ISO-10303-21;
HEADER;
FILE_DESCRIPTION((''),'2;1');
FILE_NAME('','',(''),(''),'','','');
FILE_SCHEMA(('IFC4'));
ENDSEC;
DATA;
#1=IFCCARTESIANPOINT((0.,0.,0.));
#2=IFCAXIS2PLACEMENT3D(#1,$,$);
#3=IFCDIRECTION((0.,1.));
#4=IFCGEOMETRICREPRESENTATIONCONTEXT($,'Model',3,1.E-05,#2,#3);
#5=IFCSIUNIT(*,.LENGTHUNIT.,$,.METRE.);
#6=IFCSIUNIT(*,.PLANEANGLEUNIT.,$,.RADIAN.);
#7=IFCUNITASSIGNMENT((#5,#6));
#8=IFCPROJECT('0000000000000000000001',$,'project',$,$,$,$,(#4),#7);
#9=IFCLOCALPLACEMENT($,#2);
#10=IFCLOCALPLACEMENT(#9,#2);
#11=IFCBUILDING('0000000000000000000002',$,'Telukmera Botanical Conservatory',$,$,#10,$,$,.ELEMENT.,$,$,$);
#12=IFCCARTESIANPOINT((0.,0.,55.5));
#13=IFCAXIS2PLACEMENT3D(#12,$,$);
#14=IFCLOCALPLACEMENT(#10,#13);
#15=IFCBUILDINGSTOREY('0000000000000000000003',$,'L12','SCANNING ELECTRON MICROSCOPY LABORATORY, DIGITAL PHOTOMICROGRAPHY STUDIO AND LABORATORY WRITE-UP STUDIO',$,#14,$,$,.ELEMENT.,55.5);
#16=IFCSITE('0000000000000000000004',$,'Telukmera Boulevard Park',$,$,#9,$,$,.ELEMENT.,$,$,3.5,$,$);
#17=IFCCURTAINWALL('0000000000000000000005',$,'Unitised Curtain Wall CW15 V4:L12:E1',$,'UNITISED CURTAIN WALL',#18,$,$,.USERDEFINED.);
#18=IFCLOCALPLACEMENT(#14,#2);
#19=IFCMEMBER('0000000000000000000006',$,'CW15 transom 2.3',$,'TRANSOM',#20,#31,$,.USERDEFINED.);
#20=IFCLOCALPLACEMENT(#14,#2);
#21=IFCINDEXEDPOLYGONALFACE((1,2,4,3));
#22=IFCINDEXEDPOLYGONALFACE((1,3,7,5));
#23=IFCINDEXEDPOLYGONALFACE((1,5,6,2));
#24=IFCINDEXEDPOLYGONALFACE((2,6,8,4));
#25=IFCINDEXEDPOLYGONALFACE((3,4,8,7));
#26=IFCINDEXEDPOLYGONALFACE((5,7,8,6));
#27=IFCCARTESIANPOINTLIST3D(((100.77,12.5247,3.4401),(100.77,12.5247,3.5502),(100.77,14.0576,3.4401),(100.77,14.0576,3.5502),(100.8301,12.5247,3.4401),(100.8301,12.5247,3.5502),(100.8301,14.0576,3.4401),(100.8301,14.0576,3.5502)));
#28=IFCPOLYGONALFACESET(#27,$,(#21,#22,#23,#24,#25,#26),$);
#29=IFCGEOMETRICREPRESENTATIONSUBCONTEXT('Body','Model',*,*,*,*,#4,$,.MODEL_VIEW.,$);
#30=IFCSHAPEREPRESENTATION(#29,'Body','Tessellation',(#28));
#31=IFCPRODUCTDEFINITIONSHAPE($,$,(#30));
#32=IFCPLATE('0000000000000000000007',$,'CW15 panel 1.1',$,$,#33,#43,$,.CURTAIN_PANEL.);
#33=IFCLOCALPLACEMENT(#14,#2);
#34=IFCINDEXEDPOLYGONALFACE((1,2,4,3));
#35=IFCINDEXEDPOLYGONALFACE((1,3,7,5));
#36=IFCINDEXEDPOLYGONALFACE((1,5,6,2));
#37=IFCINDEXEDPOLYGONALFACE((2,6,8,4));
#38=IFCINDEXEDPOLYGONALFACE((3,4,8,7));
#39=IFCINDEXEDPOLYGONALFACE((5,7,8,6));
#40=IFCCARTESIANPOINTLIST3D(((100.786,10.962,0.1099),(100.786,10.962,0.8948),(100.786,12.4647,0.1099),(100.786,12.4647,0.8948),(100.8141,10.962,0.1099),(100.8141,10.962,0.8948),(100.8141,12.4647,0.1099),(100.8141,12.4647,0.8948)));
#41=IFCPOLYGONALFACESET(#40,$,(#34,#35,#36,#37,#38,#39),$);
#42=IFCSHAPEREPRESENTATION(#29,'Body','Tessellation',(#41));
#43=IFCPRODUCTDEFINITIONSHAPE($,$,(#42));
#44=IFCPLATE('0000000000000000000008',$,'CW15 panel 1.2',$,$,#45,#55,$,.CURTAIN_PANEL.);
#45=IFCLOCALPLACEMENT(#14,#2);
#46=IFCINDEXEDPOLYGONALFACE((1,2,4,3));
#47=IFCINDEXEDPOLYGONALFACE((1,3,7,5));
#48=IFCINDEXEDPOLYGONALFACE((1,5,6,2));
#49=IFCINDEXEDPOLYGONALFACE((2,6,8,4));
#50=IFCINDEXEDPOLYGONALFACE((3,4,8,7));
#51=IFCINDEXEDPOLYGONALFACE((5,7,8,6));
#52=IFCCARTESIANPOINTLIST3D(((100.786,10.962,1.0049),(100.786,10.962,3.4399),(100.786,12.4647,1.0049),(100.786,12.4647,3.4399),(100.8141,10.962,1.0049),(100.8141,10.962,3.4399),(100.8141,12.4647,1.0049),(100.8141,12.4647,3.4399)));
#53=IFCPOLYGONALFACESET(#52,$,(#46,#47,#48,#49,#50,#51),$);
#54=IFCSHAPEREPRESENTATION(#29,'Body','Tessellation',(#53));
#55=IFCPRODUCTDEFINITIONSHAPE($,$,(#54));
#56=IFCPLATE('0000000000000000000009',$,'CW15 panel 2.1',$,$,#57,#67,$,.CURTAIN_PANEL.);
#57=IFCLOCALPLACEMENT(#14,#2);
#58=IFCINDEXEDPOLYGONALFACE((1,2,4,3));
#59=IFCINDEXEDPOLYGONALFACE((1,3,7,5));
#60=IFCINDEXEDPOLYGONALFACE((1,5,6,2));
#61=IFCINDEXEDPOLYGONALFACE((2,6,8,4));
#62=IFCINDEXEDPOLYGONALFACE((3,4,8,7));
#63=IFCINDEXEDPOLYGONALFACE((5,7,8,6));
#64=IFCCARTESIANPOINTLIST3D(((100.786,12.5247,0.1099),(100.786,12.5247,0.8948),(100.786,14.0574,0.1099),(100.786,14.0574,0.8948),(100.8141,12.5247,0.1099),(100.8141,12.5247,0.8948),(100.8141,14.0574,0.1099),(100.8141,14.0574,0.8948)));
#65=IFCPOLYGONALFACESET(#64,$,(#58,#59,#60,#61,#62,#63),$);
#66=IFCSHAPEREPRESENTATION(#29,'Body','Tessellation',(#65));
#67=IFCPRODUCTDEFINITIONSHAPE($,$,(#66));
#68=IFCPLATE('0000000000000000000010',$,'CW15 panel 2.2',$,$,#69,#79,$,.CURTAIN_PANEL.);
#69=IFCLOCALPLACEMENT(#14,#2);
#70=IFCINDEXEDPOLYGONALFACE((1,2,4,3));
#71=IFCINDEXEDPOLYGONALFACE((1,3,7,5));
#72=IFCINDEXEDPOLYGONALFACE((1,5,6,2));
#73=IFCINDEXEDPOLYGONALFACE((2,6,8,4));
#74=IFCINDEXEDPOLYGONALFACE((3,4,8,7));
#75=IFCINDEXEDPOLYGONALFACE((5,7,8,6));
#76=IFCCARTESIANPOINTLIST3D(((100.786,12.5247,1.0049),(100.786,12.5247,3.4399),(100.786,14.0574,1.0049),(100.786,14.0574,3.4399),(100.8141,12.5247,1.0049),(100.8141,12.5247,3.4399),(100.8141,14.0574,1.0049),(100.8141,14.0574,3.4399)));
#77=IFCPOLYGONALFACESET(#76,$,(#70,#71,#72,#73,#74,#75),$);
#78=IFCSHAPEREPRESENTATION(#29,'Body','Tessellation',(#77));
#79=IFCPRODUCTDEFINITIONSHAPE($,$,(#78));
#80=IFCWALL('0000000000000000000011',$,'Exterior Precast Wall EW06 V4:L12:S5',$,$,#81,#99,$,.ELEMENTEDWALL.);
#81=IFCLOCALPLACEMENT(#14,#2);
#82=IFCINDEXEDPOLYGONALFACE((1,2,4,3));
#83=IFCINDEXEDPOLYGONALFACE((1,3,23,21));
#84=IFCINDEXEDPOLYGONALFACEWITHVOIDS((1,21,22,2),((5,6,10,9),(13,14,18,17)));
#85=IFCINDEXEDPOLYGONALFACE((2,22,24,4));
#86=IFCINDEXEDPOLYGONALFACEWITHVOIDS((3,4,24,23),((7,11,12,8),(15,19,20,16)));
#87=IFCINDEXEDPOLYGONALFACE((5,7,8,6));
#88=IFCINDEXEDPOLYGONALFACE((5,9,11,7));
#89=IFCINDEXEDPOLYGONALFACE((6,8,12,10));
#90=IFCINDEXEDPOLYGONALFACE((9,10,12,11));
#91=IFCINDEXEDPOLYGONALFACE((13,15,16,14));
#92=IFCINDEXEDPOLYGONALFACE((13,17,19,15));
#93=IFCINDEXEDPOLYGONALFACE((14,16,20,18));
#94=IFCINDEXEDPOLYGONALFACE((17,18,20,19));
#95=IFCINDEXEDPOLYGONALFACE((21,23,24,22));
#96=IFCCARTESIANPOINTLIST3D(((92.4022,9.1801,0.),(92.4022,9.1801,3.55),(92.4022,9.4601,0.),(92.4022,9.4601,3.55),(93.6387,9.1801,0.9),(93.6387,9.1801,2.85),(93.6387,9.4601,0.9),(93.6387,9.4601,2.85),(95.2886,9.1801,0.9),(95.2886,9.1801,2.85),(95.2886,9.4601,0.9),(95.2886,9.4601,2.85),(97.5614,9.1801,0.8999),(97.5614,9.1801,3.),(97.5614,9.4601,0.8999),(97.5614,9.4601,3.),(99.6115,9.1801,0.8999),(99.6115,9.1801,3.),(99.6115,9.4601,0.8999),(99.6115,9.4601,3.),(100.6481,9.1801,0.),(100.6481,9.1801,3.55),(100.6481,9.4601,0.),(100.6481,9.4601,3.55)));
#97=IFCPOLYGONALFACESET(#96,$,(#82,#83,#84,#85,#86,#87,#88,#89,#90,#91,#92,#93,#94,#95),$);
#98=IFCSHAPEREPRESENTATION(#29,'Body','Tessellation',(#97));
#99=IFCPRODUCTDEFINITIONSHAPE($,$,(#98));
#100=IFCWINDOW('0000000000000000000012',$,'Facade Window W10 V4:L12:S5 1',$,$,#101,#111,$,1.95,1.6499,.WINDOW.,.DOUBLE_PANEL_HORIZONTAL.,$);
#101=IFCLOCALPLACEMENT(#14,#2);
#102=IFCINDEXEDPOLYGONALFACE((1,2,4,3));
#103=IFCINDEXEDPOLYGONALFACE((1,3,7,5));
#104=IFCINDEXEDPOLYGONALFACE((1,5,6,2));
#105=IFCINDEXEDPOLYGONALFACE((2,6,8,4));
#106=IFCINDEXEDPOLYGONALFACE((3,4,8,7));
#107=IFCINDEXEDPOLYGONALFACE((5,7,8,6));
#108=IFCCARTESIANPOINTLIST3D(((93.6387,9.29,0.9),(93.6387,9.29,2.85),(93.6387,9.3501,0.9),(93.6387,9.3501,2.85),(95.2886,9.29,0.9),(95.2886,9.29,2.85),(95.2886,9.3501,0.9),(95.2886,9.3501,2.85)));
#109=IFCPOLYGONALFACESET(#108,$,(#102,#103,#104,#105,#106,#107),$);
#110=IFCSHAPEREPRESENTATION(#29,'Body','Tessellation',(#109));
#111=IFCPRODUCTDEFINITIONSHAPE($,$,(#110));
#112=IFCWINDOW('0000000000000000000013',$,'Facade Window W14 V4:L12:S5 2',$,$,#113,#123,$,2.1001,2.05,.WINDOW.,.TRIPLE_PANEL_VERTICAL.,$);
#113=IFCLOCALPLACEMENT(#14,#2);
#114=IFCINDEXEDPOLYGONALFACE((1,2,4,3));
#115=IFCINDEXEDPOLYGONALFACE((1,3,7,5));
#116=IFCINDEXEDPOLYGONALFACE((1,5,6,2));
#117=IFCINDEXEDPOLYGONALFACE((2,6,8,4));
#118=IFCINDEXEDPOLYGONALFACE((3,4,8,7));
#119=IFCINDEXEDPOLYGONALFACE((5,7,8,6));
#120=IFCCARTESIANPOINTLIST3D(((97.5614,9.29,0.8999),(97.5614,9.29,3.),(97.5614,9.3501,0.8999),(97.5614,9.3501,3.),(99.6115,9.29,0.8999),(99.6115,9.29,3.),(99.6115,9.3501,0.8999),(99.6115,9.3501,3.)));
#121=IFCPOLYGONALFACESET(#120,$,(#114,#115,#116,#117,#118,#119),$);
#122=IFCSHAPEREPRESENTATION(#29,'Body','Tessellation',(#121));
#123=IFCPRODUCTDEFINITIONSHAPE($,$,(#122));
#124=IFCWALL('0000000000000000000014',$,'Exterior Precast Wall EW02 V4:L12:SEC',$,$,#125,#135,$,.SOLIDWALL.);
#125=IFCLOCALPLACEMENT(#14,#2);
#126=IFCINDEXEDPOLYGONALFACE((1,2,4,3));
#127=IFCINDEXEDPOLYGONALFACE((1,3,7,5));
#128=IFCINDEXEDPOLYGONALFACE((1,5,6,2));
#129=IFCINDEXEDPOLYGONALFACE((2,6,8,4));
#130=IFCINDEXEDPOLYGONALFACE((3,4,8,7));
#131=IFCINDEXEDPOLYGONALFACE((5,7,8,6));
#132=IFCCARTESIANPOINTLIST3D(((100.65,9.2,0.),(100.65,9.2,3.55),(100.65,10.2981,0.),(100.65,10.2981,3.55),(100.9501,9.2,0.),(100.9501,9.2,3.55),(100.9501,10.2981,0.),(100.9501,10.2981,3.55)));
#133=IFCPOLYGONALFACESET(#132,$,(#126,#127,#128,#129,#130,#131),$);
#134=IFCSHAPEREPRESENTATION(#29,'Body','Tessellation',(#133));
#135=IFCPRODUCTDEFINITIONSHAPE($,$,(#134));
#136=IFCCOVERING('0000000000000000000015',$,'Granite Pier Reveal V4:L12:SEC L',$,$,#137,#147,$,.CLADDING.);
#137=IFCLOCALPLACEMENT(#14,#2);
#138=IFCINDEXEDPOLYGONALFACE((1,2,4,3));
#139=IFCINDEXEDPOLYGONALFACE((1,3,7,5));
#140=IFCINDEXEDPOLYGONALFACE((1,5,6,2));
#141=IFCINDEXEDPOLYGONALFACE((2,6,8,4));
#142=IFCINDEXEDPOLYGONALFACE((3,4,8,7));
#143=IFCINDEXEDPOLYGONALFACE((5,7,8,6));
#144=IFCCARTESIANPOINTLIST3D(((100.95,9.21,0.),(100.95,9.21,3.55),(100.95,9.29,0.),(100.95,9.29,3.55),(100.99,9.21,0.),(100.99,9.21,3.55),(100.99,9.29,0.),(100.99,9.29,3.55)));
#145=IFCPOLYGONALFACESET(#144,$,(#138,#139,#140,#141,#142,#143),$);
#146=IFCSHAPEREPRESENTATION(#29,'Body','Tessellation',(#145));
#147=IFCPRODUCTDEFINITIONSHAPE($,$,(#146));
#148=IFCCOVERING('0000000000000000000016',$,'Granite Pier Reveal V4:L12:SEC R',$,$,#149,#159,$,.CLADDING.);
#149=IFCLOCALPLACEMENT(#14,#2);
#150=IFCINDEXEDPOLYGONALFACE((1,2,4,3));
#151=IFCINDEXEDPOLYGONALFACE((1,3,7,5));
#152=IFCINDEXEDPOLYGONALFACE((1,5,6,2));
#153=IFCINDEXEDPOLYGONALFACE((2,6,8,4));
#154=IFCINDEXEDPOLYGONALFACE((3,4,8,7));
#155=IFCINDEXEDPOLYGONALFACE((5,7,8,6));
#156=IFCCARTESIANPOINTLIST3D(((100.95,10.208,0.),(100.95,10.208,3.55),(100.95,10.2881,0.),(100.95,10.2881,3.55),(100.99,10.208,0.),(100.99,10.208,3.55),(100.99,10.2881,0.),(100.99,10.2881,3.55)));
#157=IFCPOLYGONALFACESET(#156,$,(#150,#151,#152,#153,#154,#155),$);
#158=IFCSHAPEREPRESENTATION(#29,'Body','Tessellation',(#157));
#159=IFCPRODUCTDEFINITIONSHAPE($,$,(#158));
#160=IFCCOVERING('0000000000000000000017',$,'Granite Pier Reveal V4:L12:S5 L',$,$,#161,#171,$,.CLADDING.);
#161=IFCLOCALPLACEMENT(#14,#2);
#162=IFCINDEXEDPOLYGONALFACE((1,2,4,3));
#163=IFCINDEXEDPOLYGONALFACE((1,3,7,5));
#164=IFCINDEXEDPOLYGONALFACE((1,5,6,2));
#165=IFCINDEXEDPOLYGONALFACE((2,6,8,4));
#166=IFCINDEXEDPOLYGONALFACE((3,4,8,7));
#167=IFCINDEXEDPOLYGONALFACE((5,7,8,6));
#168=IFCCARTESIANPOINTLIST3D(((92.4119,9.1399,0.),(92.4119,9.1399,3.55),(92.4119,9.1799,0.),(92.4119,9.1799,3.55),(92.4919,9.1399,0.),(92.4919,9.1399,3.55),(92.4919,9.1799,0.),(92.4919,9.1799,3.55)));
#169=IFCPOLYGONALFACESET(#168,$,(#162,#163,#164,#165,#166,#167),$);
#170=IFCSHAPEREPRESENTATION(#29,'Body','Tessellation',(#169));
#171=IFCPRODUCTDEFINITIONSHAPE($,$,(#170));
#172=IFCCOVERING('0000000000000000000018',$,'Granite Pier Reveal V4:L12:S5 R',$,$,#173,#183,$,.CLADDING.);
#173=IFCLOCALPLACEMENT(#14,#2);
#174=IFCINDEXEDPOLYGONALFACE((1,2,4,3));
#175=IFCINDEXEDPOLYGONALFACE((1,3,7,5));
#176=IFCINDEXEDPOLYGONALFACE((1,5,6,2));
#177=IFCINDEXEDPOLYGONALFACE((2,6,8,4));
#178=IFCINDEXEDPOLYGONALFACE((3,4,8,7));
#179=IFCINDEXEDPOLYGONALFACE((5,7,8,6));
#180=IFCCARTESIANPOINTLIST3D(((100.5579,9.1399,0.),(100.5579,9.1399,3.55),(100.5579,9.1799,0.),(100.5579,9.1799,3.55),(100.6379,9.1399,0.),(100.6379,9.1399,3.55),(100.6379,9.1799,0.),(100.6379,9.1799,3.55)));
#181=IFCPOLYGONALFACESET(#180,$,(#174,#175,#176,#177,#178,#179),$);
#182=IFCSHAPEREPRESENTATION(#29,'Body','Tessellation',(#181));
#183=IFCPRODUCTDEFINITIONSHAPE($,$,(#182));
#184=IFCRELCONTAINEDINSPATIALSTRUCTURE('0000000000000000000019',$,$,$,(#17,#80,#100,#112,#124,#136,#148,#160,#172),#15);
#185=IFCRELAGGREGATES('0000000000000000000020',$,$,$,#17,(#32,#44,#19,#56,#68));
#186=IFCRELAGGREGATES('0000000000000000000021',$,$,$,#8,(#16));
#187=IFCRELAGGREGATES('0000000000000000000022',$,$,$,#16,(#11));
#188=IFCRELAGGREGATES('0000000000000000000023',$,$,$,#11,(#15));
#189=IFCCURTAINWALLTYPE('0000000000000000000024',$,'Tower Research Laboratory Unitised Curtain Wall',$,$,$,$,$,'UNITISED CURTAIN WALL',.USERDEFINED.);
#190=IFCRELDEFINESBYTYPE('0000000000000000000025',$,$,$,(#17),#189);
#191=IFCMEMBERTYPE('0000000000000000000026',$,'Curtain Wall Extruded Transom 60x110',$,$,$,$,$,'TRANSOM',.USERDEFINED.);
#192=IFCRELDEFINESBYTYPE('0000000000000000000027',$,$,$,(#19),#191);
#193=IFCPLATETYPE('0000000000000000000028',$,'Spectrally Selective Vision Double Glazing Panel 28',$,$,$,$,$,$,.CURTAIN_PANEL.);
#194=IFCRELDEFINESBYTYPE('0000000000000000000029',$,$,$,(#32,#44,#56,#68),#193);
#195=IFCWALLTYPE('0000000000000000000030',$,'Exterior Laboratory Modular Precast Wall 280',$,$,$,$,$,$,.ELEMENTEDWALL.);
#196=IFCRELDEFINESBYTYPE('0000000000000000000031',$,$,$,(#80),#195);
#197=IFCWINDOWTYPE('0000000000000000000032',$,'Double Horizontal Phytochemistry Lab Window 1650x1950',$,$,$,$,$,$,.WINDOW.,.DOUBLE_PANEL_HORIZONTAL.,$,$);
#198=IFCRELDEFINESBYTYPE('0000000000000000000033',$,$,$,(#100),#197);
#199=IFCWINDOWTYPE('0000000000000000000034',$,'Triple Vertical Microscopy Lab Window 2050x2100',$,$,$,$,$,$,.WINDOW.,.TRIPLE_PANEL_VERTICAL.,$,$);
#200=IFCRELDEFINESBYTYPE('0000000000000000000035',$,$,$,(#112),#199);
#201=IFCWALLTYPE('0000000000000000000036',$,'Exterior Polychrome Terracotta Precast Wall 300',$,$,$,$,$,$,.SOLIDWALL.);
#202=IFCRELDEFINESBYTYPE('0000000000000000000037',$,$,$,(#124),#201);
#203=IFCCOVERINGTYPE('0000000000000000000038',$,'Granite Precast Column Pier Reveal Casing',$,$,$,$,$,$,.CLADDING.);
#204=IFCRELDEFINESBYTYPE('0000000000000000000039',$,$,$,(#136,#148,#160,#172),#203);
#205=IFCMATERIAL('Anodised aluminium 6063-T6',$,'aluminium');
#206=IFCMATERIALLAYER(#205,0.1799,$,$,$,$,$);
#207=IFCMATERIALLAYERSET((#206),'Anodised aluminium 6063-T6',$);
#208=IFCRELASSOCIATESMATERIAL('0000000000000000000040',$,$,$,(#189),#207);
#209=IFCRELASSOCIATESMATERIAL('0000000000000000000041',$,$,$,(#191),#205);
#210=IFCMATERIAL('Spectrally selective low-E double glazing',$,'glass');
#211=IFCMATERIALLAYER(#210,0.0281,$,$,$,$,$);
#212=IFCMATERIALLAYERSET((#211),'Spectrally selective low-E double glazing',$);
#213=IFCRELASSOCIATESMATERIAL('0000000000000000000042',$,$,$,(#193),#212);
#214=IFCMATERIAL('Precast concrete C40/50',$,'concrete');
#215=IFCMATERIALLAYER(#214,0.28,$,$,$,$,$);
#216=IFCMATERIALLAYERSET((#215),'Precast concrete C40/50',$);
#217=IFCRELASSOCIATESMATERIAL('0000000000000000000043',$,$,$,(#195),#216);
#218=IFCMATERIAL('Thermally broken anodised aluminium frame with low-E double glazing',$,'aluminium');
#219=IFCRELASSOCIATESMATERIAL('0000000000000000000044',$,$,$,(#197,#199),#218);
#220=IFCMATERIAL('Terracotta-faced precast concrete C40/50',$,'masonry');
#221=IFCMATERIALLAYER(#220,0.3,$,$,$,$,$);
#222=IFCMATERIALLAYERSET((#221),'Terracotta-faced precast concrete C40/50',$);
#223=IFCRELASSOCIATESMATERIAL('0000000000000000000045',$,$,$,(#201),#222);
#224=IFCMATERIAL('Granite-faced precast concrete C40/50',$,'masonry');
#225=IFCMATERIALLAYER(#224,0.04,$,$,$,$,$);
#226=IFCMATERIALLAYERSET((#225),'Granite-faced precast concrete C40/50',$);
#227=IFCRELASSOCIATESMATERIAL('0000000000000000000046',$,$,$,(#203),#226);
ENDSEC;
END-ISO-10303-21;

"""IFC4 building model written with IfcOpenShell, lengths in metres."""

from ifc_helpers import new_model, si_unit, direction, frame, frame_2d, origin, origin_2d, place, context, subcontext, project, spatial, rectangle, extrude, material, layer, layer_set, material_profile, profile_set, type_object, element, fill, aggregate, save


model = new_model("IFC4")

# Units and contexts
model_context = context("Model", 3, precision=1e-05, world=origin(), true_north=direction((0.0, 1.0)))
body_context = subcontext(model_context, "Body", "Model", "MODEL_VIEW")
ifc_project = project(units=[si_unit("LENGTHUNIT", "METRE"), si_unit("PLANEANGLEUNIT", "RADIAN")], contexts=[model_context])

# Site, building, storey
site_placement = place(None, origin())
site = spatial("IfcSite", under=ifc_project, at=site_placement, Name="Telukmera Boulevard Park", CompositionType="ELEMENT", RefElevation=3.5)
building_placement = place(site_placement, origin())
building = spatial("IfcBuilding", under=site, at=building_placement, Name="Telukmera Botanical Conservatory", CompositionType="ELEMENT")
storey_placement = place(building_placement, frame((0.0, 0.0, 55.5)))
storey = spatial("IfcBuildingStorey", under=building, at=storey_placement, Name="L12", Description="SCANNING ELECTRON MICROSCOPY LABORATORY, DIGITAL PHOTOMICROGRAPHY STUDIO AND LABORATORY WRITE-UP STUDIO", CompositionType="ELEMENT", Elevation=55.5)

# Shared definitions
ifc_material_1 = material(Name="Precast concrete C40/50", Category="concrete")

# Curtain wall, member, plates
ifc_material_2 = material(Name="Anodised aluminium 6063-T6", Category="aluminium")
ifc_layer_1 = layer(ifc_material_2, 0.1799)
ifc_layer_set_1 = layer_set([ifc_layer_1], Name="Anodised aluminium 6063-T6")
curtain_wall_type = type_object("IfcCurtainWallType", Name="Tower Research Laboratory Unitised Curtain Wall", ElementType="UNITISED CURTAIN WALL", PredefinedType="USERDEFINED", material=ifc_layer_set_1)
curtain_wall_placement = place(storey_placement, origin())
curtain_wall = element("IfcCurtainWall", 1, at=curtain_wall_placement, inside=storey, type_object=curtain_wall_type, Name="Unitised Curtain Wall CW15 V4:L12:E1", ObjectType="UNITISED CURTAIN WALL", PredefinedType="USERDEFINED")
ifc_material_profile_1 = material_profile(ifc_material_2, rectangle(XDim=0.0601, YDim=0.1101, at=origin_2d()), Name="ALU TRAN 60x110")
ifc_profile_set_1 = profile_set([ifc_material_profile_1], Name="Anodised aluminium 6063-T6")
member_type_1 = type_object("IfcMemberType", Name="Curtain Wall Extruded Transom 60x110", ElementType="TRANSOM", PredefinedType="USERDEFINED", material=ifc_profile_set_1)
member_1_placement = place(storey_placement, frame((100.8, 12.5247, 3.4951), z_axis=(0.0, 1.0, 0.0), x_axis=(-1.0, 0.0, 0.0)))
member_1 = element("IfcMember", 2, at=member_1_placement, type_object=member_type_1, Name="CW15 transom 2.3", ObjectType="TRANSOM", PredefinedType="USERDEFINED", context=body_context, shape_type="SweptSolid", body=[
    extrude(rectangle(XDim=0.0601, YDim=0.1101, at=origin_2d()), origin(), (0.0, 0.0, 1.0), 1.533),
])
ifc_material_3 = material(Name="Spectrally selective low-E double glazing", Category="glass")
ifc_layer_2 = layer(ifc_material_3, 0.0281)
ifc_layer_set_2 = layer_set([ifc_layer_2], Name="Spectrally selective low-E double glazing")
plate_type = type_object("IfcPlateType", Name="Spectrally Selective Vision Double Glazing Panel 28", PredefinedType="CURTAIN_PANEL", material=ifc_layer_set_2)
plate_1_placement = place(storey_placement, frame((100.8, 11.7134, 0.1099), z_axis=(0.0, 0.0, 1.0), x_axis=(0.0, 1.0, 0.0)))
plate_1 = element("IfcPlate", 3, at=plate_1_placement, type_object=plate_type, Name="CW15 panel 1.1", PredefinedType="CURTAIN_PANEL", context=body_context, shape_type="SweptSolid", body=[
    extrude(rectangle(XDim=1.5027, YDim=0.0281, at=origin_2d()), origin(), (0.0, 0.0, 1.0), 0.7849),
])
plate_2_placement = place(storey_placement, frame((100.8, 11.7134, 1.0049), z_axis=(0.0, 0.0, 1.0), x_axis=(0.0, 1.0, 0.0)))
plate_2 = element("IfcPlate", 4, at=plate_2_placement, type_object=plate_type, Name="CW15 panel 1.2", PredefinedType="CURTAIN_PANEL", context=body_context, shape_type="SweptSolid", body=[
    extrude(rectangle(XDim=1.5027, YDim=0.0281, at=origin_2d()), origin(), (0.0, 0.0, 1.0), 2.4351),
])
plate_3_placement = place(storey_placement, frame((100.8, 13.291, 0.1099), z_axis=(0.0, 0.0, 1.0), x_axis=(0.0, 1.0, 0.0)))
plate_3 = element("IfcPlate", 5, at=plate_3_placement, type_object=plate_type, Name="CW15 panel 2.1", PredefinedType="CURTAIN_PANEL", context=body_context, shape_type="SweptSolid", body=[
    extrude(rectangle(XDim=1.5327, YDim=0.0281, at=origin_2d()), origin(), (0.0, 0.0, 1.0), 0.7849),
])
plate_4_placement = place(storey_placement, frame((100.8, 13.291, 1.0049), z_axis=(0.0, 0.0, 1.0), x_axis=(0.0, 1.0, 0.0)))
plate_4 = element("IfcPlate", 6, at=plate_4_placement, type_object=plate_type, Name="CW15 panel 2.2", PredefinedType="CURTAIN_PANEL", context=body_context, shape_type="SweptSolid", body=[
    extrude(rectangle(XDim=1.5327, YDim=0.0281, at=origin_2d()), origin(), (0.0, 0.0, 1.0), 2.4351),
])
aggregate(curtain_wall, [plate_1, plate_2, member_1, plate_3, plate_4])

# Wall, openings, windows
ifc_layer_3 = layer(ifc_material_1, 0.28)
ifc_layer_set_3 = layer_set([ifc_layer_3], Name="Precast concrete C40/50")
wall_type_1 = type_object("IfcWallType", Name="Exterior Laboratory Modular Precast Wall 280", PredefinedType="ELEMENTEDWALL", material=ifc_layer_set_3)
wall_1_placement = place(storey_placement, frame((92.4021, 9.3201, 0.0), z_axis=(0.0, 0.0, 1.0), x_axis=(1.0, 0.0, 0.0)))
wall_1 = element("IfcWall", 7, at=wall_1_placement, inside=storey, type_object=wall_type_1, Name="Exterior Precast Wall EW06 V4:L12:S5", PredefinedType="ELEMENTEDWALL", context=body_context, shape_type="SweptSolid", body=[
    extrude(rectangle(XDim=8.2458, YDim=0.28, at=frame_2d((4.123, 0.0))), origin(), (0.0, 0.0, 1.0), 3.55),
])
opening_1_placement = place(wall_1_placement, frame((1.2366, 0.0, 0.8999)))
opening_1 = element("IfcOpeningElement", 8, at=opening_1_placement, cuts=wall_1, PredefinedType="OPENING", context=body_context, shape_type="SweptSolid", body=[
    extrude(rectangle(XDim=1.6499, YDim=1.95, at=frame_2d((0.825, 0.9751))), frame((0.0, 0.1499, 0.0), z_axis=(0.0, -1.0, 0.0), x_axis=(1.0, 0.0, 0.0)), (0.0, 0.0, 1.0), 0.3),
])
opening_2_placement = place(wall_1_placement, frame((5.1594, 0.0, 0.8999)))
opening_2 = element("IfcOpeningElement", 9, at=opening_2_placement, cuts=wall_1, PredefinedType="OPENING", context=body_context, shape_type="SweptSolid", body=[
    extrude(rectangle(XDim=2.05, YDim=2.1001, at=frame_2d((1.0249, 1.05))), frame((0.0, 0.1499, 0.0), z_axis=(0.0, -1.0, 0.0), x_axis=(1.0, 0.0, 0.0)), (0.0, 0.0, 1.0), 0.3),
])
ifc_material_4 = material(Name="Thermally broken anodised aluminium frame with low-E double glazing", Category="aluminium")
window_type_1 = type_object("IfcWindowType", Name="Double Horizontal Phytochemistry Lab Window 1650x1950", PartitioningType="DOUBLE_PANEL_HORIZONTAL", PredefinedType="WINDOW", material=ifc_material_4)
window_1_placement = place(opening_1_placement, origin())
window_1 = element("IfcWindow", 10, at=window_1_placement, inside=storey, type_object=window_type_1, Name="Facade Window W10 V4:L12:S5 1", OverallHeight=1.95, OverallWidth=1.6499, PartitioningType="DOUBLE_PANEL_HORIZONTAL", PredefinedType="WINDOW", context=body_context, shape_type="SweptSolid", body=[
    extrude(rectangle(XDim=1.6499, YDim=1.95, at=frame_2d((0.825, 0.9751))), frame((0.0, 0.03, 0.0), z_axis=(0.0, -1.0, 0.0), x_axis=(1.0, 0.0, 0.0)), (0.0, 0.0, 1.0), 0.0601),
])
fill(opening_1, window_1)
window_type_2 = type_object("IfcWindowType", Name="Triple Vertical Microscopy Lab Window 2050x2100", PartitioningType="TRIPLE_PANEL_VERTICAL", PredefinedType="WINDOW", material=ifc_material_4)
window_2_placement = place(opening_2_placement, origin())
window_2 = element("IfcWindow", 11, at=window_2_placement, inside=storey, type_object=window_type_2, Name="Facade Window W14 V4:L12:S5 2", OverallHeight=2.1001, OverallWidth=2.05, PartitioningType="TRIPLE_PANEL_VERTICAL", PredefinedType="WINDOW", context=body_context, shape_type="SweptSolid", body=[
    extrude(rectangle(XDim=2.05, YDim=2.1001, at=frame_2d((1.0249, 1.05))), frame((0.0, 0.03, 0.0), z_axis=(0.0, -1.0, 0.0), x_axis=(1.0, 0.0, 0.0)), (0.0, 0.0, 1.0), 0.0601),
])
fill(opening_2, window_2)

# Wall
ifc_material_5 = material(Name="Terracotta-faced precast concrete C40/50", Category="masonry")
ifc_layer_4 = layer(ifc_material_5, 0.3)
ifc_layer_set_4 = layer_set([ifc_layer_4], Name="Terracotta-faced precast concrete C40/50")
wall_type_2 = type_object("IfcWallType", Name="Exterior Polychrome Terracotta Precast Wall 300", PredefinedType="SOLIDWALL", material=ifc_layer_set_4)
wall_2_placement = place(storey_placement, frame((100.8, 9.2, 0.0), z_axis=(0.0, 0.0, 1.0), x_axis=(0.0, 1.0, 0.0)))
element("IfcWall", 12, at=wall_2_placement, inside=storey, type_object=wall_type_2, Name="Exterior Precast Wall EW02 V4:L12:SEC", PredefinedType="SOLIDWALL", context=body_context, shape_type="SweptSolid", body=[
    extrude(rectangle(XDim=1.0981, YDim=0.3, at=frame_2d((0.5491, 0.0))), origin(), (0.0, 0.0, 1.0), 3.55),
])

# Coverings
ifc_material_6 = material(Name="Granite-faced precast concrete C40/50", Category="masonry")
ifc_layer_5 = layer(ifc_material_6, 0.04)
ifc_layer_set_5 = layer_set([ifc_layer_5], Name="Granite-faced precast concrete C40/50")
covering_type_1 = type_object("IfcCoveringType", Name="Granite Precast Column Pier Reveal Casing", PredefinedType="CLADDING", material=ifc_layer_set_5)
for number, where, z_axis, x_axis, name in (
    (13, (100.97, 9.25, 0.0), (0.0, 0.0, 1.0), (0.0, 1.0, 0.0), "Granite Pier Reveal V4:L12:SEC L"),
    (14, (100.97, 10.248, 0.0), (0.0, 0.0, 1.0), (0.0, 1.0, 0.0), "Granite Pier Reveal V4:L12:SEC R"),
    (15, (92.4519, 9.1599, 0.0), (0.0, 0.0, 1.0), (1.0, 0.0, 0.0), "Granite Pier Reveal V4:L12:S5 L"),
    (16, (100.5979, 9.1599, 0.0), (0.0, 0.0, 1.0), (1.0, 0.0, 0.0), "Granite Pier Reveal V4:L12:S5 R"),
):
    element("IfcCovering", number, at=place(storey_placement, frame(where, z_axis=z_axis, x_axis=x_axis)), inside=storey, type_object=covering_type_1, Name=name, PredefinedType="CLADDING", context=body_context, shape_type="SweptSolid", body=[
        extrude(rectangle(XDim=0.0801, YDim=0.04, at=origin_2d()), origin(), (0.0, 0.0, 1.0), 3.55),
    ])

save(model, "model.ifc")
